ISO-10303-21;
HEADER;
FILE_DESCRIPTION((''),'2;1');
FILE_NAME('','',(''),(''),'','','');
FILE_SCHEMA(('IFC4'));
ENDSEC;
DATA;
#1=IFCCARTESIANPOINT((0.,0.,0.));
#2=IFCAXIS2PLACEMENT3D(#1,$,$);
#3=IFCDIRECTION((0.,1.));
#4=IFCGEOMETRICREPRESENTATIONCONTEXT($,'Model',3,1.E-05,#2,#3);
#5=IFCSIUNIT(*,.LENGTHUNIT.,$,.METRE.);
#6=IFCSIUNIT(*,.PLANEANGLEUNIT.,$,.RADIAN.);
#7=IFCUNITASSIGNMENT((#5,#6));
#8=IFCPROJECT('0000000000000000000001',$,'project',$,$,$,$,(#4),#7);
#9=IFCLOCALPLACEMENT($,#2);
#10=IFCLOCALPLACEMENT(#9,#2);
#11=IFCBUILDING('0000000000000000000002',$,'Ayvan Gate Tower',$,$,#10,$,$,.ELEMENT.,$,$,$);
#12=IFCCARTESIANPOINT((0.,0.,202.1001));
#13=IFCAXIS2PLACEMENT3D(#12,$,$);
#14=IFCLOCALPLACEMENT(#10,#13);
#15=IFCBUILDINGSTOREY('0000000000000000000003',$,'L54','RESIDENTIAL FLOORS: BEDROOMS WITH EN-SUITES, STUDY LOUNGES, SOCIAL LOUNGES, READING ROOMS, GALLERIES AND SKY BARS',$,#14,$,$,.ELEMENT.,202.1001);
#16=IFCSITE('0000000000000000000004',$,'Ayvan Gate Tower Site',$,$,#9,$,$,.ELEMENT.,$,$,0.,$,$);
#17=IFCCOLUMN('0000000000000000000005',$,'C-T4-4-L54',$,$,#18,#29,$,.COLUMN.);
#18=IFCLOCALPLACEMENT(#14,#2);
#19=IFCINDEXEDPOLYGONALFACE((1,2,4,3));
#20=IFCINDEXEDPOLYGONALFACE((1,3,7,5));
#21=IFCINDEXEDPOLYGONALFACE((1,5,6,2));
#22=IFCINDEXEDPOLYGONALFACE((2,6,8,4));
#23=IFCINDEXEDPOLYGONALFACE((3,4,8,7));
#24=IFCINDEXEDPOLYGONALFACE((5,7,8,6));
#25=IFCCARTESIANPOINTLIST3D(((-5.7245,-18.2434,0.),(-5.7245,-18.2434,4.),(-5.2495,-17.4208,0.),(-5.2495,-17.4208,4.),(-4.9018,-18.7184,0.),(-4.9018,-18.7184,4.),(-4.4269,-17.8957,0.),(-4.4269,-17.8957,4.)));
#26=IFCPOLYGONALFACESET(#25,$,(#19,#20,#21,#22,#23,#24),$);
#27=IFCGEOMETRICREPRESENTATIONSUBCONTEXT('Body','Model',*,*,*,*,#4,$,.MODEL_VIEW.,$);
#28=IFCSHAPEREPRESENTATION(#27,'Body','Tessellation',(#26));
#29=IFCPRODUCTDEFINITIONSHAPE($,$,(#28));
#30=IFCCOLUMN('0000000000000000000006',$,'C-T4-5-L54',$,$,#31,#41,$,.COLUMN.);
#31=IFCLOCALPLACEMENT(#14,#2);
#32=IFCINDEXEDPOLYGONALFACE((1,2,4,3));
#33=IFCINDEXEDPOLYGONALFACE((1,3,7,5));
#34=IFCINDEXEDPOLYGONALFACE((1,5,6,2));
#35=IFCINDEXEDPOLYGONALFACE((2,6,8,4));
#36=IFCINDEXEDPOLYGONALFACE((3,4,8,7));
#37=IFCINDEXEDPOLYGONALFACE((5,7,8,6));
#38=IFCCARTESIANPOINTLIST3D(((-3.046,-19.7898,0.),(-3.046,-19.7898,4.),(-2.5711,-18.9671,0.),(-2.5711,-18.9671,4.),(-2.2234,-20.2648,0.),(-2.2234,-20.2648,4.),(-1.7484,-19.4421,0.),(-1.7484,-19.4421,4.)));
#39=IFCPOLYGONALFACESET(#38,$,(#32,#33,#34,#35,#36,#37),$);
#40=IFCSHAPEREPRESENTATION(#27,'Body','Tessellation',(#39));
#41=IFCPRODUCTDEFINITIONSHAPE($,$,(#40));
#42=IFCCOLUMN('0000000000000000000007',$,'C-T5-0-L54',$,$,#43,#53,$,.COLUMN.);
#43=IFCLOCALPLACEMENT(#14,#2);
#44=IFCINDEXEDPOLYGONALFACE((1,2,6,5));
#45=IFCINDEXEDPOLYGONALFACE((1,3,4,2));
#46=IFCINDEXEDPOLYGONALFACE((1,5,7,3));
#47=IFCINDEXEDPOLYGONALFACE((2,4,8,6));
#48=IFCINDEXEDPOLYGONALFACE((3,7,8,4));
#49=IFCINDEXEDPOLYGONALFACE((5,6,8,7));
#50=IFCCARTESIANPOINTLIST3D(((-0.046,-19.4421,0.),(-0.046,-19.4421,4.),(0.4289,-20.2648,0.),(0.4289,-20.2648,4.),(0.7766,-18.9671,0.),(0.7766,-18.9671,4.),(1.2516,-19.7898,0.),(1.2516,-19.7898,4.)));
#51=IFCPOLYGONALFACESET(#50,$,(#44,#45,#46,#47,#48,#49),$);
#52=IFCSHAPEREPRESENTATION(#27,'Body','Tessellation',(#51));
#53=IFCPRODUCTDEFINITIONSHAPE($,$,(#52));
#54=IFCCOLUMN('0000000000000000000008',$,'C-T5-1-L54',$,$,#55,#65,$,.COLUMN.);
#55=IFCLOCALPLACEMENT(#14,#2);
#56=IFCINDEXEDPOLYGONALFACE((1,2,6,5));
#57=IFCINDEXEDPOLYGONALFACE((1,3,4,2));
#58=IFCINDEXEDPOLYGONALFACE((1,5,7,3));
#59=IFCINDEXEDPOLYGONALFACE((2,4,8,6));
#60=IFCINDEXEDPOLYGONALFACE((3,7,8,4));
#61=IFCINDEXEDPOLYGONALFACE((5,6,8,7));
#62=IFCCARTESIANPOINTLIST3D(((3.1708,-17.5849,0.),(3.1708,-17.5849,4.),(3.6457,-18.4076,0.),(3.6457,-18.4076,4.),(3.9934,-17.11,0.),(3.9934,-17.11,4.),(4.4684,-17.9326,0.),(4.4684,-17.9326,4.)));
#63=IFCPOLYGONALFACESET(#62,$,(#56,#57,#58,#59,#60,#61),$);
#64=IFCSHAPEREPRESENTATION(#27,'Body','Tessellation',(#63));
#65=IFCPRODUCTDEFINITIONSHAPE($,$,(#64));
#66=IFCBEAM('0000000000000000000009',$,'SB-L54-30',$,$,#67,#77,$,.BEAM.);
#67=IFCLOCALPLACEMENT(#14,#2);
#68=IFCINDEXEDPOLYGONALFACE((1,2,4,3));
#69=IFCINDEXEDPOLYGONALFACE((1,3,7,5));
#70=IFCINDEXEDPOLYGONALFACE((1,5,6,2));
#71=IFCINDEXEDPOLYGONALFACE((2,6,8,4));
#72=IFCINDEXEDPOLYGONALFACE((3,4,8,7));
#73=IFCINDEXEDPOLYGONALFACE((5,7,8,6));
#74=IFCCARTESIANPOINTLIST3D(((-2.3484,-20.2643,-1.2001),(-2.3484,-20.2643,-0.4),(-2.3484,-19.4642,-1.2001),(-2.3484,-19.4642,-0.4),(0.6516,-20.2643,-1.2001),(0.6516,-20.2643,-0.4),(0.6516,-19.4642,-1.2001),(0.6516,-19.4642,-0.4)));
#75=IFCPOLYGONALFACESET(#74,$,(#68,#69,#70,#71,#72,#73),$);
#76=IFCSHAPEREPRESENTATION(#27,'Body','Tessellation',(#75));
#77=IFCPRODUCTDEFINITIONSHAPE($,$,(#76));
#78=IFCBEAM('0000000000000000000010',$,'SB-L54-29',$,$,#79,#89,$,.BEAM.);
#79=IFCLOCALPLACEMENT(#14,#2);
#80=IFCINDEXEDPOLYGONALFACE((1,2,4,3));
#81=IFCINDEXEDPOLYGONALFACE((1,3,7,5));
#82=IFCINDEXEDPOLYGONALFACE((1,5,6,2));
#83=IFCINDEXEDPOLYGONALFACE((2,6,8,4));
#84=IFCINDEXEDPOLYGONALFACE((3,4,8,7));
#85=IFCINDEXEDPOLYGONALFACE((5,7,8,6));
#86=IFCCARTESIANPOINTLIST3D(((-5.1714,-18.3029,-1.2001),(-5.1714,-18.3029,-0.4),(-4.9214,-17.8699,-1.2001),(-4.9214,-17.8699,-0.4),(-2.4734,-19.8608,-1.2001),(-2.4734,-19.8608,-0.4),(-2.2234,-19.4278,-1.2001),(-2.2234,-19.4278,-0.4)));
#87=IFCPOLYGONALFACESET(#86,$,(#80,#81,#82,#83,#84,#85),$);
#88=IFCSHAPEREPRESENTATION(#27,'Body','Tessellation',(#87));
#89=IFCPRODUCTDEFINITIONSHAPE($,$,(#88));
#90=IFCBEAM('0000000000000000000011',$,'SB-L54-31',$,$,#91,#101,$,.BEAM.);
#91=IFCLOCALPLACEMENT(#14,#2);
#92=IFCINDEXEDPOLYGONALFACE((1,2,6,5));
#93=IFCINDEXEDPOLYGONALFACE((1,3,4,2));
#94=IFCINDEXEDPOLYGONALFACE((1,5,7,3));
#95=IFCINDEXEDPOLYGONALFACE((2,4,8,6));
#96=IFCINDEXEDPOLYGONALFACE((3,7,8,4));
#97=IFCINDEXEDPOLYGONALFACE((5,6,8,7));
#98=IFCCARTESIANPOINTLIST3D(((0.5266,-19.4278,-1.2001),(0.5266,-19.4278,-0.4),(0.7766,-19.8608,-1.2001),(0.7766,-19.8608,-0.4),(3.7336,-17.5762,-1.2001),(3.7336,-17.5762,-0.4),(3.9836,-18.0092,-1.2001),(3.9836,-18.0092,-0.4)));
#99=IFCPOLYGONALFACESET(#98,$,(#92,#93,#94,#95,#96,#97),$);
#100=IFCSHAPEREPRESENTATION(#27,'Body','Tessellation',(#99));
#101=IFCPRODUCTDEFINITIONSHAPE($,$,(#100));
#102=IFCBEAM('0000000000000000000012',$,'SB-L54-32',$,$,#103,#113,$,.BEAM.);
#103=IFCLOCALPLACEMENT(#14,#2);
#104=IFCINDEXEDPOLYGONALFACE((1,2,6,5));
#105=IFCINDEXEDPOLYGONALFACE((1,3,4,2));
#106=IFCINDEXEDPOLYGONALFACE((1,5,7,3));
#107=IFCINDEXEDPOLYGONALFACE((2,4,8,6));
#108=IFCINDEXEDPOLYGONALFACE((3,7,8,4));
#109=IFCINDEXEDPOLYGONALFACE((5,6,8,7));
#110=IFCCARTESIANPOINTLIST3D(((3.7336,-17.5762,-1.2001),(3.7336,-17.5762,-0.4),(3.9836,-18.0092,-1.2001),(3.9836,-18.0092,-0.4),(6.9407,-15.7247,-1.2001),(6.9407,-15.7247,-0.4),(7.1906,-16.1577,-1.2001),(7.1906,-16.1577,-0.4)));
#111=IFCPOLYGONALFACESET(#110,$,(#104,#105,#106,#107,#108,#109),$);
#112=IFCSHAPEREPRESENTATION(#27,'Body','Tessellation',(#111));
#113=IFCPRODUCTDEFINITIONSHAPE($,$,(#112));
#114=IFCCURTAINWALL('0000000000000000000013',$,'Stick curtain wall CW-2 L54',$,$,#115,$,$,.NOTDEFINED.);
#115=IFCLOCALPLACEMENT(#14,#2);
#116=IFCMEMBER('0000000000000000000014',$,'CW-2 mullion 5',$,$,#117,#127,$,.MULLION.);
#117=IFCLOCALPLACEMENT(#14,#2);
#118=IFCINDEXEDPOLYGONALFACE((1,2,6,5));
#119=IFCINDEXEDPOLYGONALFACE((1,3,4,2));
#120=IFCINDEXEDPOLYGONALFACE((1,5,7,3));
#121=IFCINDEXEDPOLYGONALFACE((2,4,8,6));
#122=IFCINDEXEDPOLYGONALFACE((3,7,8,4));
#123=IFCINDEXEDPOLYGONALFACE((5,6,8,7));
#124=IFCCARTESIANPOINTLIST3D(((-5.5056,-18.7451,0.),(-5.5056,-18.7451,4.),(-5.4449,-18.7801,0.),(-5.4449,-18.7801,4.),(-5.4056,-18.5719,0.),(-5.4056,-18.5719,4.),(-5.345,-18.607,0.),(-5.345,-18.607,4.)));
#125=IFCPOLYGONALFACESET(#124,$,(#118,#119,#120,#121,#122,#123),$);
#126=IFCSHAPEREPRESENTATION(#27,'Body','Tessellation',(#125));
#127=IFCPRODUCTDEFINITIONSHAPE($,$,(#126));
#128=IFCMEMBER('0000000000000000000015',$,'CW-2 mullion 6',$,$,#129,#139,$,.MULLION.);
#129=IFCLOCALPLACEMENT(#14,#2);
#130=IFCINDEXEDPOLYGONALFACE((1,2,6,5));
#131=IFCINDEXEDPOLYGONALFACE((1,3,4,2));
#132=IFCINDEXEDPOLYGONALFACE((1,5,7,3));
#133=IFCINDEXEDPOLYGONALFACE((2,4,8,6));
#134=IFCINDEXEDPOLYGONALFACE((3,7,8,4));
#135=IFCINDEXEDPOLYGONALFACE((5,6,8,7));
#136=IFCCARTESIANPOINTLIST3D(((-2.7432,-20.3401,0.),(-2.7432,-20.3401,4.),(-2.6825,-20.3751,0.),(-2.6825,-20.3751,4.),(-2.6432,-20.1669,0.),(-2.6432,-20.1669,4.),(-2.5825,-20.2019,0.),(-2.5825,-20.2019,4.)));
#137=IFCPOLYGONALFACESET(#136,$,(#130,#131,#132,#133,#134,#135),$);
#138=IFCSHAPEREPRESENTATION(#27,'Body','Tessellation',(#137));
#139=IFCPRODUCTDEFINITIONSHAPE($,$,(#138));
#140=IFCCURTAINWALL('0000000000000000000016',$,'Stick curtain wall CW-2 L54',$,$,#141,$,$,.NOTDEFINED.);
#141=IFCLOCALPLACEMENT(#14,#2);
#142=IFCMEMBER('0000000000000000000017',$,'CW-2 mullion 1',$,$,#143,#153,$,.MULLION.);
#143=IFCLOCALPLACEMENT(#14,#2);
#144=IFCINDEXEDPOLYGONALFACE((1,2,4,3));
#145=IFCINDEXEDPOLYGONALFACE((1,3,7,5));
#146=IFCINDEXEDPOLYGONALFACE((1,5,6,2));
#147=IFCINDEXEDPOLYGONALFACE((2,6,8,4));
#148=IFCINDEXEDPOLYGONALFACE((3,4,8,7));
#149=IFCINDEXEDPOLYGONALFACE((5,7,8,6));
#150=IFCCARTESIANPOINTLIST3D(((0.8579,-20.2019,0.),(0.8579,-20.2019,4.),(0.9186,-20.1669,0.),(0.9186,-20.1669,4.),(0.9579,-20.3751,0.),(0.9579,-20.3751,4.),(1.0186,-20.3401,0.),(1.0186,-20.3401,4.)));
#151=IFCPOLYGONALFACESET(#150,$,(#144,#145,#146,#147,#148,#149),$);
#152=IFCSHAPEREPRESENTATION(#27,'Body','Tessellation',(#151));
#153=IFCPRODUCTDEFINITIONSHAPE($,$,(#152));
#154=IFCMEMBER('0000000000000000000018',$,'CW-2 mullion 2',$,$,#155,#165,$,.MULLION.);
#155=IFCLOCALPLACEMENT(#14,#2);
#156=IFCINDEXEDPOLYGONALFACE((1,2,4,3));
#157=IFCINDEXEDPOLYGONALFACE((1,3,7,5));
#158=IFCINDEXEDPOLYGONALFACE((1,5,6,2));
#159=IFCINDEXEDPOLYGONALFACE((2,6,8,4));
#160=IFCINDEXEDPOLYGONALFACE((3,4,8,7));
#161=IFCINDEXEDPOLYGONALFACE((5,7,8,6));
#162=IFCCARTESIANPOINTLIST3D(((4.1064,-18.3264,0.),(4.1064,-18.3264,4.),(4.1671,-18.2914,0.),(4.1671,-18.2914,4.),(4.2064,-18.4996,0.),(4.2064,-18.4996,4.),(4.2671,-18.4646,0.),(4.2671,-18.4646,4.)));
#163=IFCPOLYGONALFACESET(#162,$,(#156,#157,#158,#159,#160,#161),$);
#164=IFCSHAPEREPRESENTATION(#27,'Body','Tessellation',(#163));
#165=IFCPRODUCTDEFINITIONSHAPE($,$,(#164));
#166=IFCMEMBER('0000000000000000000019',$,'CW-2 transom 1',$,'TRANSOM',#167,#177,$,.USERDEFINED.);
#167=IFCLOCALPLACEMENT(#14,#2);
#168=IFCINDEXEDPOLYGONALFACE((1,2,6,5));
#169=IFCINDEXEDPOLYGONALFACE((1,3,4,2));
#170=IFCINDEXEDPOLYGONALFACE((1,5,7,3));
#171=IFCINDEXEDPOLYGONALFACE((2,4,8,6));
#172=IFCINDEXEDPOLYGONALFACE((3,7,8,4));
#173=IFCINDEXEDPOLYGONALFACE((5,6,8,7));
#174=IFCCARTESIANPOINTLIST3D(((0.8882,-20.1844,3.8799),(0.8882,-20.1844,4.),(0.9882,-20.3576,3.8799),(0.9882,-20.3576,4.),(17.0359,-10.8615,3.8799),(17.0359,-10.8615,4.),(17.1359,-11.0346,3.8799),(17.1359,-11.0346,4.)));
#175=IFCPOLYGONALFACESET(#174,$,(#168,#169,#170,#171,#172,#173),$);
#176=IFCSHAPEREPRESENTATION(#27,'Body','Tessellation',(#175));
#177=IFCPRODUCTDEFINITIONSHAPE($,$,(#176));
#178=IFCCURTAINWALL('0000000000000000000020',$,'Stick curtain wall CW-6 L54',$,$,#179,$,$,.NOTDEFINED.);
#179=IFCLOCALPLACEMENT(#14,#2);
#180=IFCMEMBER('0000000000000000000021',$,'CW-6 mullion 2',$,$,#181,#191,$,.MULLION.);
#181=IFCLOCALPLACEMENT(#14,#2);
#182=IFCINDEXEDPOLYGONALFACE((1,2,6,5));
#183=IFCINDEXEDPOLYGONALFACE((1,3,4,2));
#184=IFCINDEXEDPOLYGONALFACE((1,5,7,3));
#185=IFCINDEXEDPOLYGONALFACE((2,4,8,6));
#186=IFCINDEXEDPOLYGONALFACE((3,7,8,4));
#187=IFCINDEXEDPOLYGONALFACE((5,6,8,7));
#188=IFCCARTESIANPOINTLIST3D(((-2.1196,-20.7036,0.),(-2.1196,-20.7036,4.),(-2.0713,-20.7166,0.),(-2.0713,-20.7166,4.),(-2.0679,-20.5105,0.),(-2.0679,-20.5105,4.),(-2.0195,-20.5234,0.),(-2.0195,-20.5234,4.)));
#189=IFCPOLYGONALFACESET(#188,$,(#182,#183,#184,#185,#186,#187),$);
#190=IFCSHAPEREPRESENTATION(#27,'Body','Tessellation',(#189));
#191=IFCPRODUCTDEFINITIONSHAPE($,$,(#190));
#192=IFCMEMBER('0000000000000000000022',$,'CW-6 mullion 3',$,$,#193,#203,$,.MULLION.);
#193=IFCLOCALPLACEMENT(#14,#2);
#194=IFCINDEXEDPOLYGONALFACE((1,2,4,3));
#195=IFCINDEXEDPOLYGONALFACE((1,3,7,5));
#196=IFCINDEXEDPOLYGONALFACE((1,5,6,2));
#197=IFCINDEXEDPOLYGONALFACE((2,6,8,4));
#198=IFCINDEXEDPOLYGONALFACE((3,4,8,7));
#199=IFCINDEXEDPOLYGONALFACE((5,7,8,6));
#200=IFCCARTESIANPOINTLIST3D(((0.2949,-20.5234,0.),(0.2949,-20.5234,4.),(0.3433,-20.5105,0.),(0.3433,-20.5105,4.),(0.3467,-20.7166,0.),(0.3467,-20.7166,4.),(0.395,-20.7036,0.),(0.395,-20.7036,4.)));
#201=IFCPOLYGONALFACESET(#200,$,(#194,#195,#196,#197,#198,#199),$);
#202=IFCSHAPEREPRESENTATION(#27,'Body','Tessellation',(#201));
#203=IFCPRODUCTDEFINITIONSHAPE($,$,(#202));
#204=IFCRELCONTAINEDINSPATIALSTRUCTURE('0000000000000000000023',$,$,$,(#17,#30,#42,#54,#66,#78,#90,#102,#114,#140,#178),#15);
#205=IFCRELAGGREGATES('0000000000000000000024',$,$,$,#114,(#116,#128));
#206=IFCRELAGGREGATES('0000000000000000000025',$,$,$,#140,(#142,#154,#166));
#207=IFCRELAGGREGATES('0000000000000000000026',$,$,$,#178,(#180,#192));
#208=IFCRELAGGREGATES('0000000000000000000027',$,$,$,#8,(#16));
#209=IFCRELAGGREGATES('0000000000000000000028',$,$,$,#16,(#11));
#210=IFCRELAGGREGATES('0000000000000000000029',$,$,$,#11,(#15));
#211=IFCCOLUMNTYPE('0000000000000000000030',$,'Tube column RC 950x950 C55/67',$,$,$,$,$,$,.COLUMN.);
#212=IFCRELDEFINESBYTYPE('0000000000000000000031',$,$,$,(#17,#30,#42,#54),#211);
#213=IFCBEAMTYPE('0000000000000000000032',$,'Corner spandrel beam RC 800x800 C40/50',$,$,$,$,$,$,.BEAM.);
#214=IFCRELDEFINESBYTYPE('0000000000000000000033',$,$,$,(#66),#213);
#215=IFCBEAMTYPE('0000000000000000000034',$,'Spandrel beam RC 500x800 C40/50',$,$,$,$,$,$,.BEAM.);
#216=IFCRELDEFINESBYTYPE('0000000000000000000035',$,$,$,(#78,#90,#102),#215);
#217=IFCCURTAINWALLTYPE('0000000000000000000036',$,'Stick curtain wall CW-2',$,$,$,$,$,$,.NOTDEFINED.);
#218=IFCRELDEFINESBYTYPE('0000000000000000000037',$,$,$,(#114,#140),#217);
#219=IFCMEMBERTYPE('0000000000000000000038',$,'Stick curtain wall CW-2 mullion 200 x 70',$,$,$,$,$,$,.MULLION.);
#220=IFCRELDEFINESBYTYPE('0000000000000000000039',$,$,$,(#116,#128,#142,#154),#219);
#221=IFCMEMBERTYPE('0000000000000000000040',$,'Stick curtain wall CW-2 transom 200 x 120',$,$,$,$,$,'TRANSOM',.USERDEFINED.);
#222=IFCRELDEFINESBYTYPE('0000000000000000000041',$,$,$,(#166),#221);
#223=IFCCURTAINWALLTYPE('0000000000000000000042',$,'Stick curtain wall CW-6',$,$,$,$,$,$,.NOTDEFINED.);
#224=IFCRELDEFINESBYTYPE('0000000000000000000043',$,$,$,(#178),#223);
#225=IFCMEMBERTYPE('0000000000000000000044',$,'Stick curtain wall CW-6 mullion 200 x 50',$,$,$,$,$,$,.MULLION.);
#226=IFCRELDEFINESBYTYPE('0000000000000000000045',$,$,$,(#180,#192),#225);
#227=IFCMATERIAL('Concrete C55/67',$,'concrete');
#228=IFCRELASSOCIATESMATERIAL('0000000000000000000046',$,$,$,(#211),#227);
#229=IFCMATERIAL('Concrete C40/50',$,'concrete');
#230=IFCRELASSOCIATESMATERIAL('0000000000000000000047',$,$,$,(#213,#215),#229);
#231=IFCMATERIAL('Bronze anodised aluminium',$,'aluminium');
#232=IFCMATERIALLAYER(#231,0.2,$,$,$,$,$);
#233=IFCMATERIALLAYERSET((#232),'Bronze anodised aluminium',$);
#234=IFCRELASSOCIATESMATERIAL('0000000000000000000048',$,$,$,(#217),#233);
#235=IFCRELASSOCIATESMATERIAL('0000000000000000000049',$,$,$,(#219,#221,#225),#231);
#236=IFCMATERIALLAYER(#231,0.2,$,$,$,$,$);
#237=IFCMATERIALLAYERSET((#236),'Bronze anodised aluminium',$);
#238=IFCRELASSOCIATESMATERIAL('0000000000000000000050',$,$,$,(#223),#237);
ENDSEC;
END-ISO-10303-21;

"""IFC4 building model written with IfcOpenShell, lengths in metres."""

from ifc_helpers import new_model, si_unit, direction, frame, origin, origin_2d, place, context, subcontext, project, spatial, rectangle, extrude, material, layer, layer_set, material_profile, profile_set, type_object, element, aggregate, save


model = new_model("IFC4")

# Units and contexts
model_context = context("Model", 3, precision=1e-05, world=origin(), true_north=direction((0.0, 1.0)))
body_context = subcontext(model_context, "Body", "Model", "MODEL_VIEW")
ifc_project = project(units=[si_unit("LENGTHUNIT", "METRE"), si_unit("PLANEANGLEUNIT", "RADIAN")], contexts=[model_context])

# Site, building, storey
site_placement = place(None, origin())
site = spatial("IfcSite", under=ifc_project, at=site_placement, Name="Ayvan Gate Tower Site", CompositionType="ELEMENT", RefElevation=0.0)
building_placement = place(site_placement, origin())
building = spatial("IfcBuilding", under=site, at=building_placement, Name="Ayvan Gate Tower", CompositionType="ELEMENT")
storey_placement = place(building_placement, frame((0.0, 0.0, 202.1001)))
storey = spatial("IfcBuildingStorey", under=building, at=storey_placement, Name="L54", Description="RESIDENTIAL FLOORS: BEDROOMS WITH EN-SUITES, STUDY LOUNGES, SOCIAL LOUNGES, READING ROOMS, GALLERIES AND SKY BARS", CompositionType="ELEMENT", Elevation=202.1001)

# Columns
ifc_material_1 = material(Name="Concrete C55/67", Category="concrete")
ifc_material_profile_1 = material_profile(ifc_material_1, rectangle(XDim=0.95, YDim=0.95, at=origin_2d()), Name="RC 950x950")
ifc_profile_set_1 = profile_set([ifc_material_profile_1], Name="Concrete C55/67")
column_type = type_object("IfcColumnType", Name="Tube column RC 950x950 C55/67", PredefinedType="COLUMN", material=ifc_profile_set_1)
for number, where, z_axis, x_axis, name in (
    (1, (-5.0757, -18.0696, 0.0), (0.0, 0.0, 1.0), (-0.5, -0.866025, 0.0), "C-T4-4-L54"),
    (2, (-2.3972, -19.616, 0.0), (0.0, 0.0, 1.0), (-0.5, -0.866025, 0.0), "C-T4-5-L54"),
    (3, (0.6028, -19.616, 0.0), (0.0, 0.0, 1.0), (0.5, -0.866025, 0.0), "C-T5-0-L54"),
    (4, (3.8196, -17.7588, 0.0), (0.0, 0.0, 1.0), (0.5, -0.866025, 0.0), "C-T5-1-L54"),
):
    element("IfcColumn", number, at=place(storey_placement, frame(where, z_axis=z_axis, x_axis=x_axis)), inside=storey, type_object=column_type, Name=name, PredefinedType="COLUMN", context=body_context, shape_type="SweptSolid", body=[
        extrude(rectangle(XDim=0.95, YDim=0.95, at=origin_2d()), origin(), (0.0, 0.0, 1.0), 4.0),
    ])

# Beams
ifc_material_2 = material(Name="Concrete C40/50", Category="concrete")
ifc_material_profile_2 = material_profile(ifc_material_2, rectangle(XDim=0.8, YDim=0.8, at=origin_2d()), Name="RC 800x800")
ifc_profile_set_2 = profile_set([ifc_material_profile_2], Name="Concrete C40/50")
beam_type_1 = type_object("IfcBeamType", Name="Corner spandrel beam RC 800x800 C40/50", PredefinedType="BEAM", material=ifc_profile_set_2)
beam_1_placement = place(storey_placement, frame((-2.3484, -19.8643, -0.8), z_axis=(1.0, 0.0, 0.0), x_axis=(0.0, 1.0, 0.0)))
element("IfcBeam", 5, at=beam_1_placement, inside=storey, type_object=beam_type_1, Name="SB-L54-30", PredefinedType="BEAM", context=body_context, shape_type="SweptSolid", body=[
    extrude(rectangle(XDim=0.8, YDim=0.8, at=origin_2d()), origin(), (0.0, 0.0, 1.0), 3.0),
])
ifc_material_profile_3 = material_profile(ifc_material_2, rectangle(XDim=0.5, YDim=0.8, at=origin_2d()), Name="RC 500x800")
ifc_profile_set_3 = profile_set([ifc_material_profile_3], Name="Concrete C40/50")
beam_type_2 = type_object("IfcBeamType", Name="Spandrel beam RC 500x800 C40/50", PredefinedType="BEAM", material=ifc_profile_set_3)
beam_2_placement = place(storey_placement, frame((-5.0464, -18.0864, -0.8), z_axis=(0.866002, -0.500041, 0.0), x_axis=(0.500041, 0.866002, 0.0)))
element("IfcBeam", 6, at=beam_2_placement, inside=storey, type_object=beam_type_2, Name="SB-L54-29", PredefinedType="BEAM", context=body_context, shape_type="SweptSolid", body=[
    extrude(rectangle(XDim=0.5, YDim=0.8, at=origin_2d()), origin(), (0.0, 0.0, 1.0), 3.1155),
])
for number, where, z_axis, x_axis, name in (
    (7, (0.6516, -19.6443, -0.8), (0.866027, 0.499996, 0.0), (-0.499996, 0.866027, 0.0), "SB-L54-31"),
    (8, (3.8586, -17.7927, -0.8), (0.866027, 0.499996, 0.0), (-0.499996, 0.866027, 0.0), "SB-L54-32"),
):
    element("IfcBeam", number, at=place(storey_placement, frame(where, z_axis=z_axis, x_axis=x_axis)), inside=storey, type_object=beam_type_2, Name=name, PredefinedType="BEAM", context=body_context, shape_type="SweptSolid", body=[
        extrude(rectangle(XDim=0.5, YDim=0.8, at=origin_2d()), origin(), (0.0, 0.0, 1.0), 3.7031),
    ])

# Curtain walls, members
ifc_material_3 = material(Name="Bronze anodised aluminium", Category="aluminium")
ifc_layer_1 = layer(ifc_material_3, 0.2)
ifc_layer_set_1 = layer_set([ifc_layer_1], Name="Bronze anodised aluminium")
curtain_wall_type_1 = type_object("IfcCurtainWallType", Name="Stick curtain wall CW-2", PredefinedType="NOTDEFINED", material=ifc_layer_set_1)
curtain_wall_1_placement = place(storey_placement, origin())
curtain_wall_1 = element("IfcCurtainWall", 9, at=curtain_wall_1_placement, inside=storey, type_object=curtain_wall_type_1, Name="Stick curtain wall CW-2 L54", PredefinedType="NOTDEFINED")
ifc_material_profile_4 = material_profile(ifc_material_3, rectangle(XDim=0.2, YDim=0.0701, at=origin_2d()), Name="Stick curtain wall CW-2 mullion 200 x 70")
ifc_profile_set_4 = profile_set([ifc_material_profile_4], Name="Bronze anodised aluminium")
member_type_1 = type_object("IfcMemberType", Name="Stick curtain wall CW-2 mullion 200 x 70", PredefinedType="MULLION", material=ifc_profile_set_4)
member_1_placement = place(storey_placement, frame((-5.4253, -18.676, 0.0), z_axis=(0.0, 0.0, 1.0), x_axis=(-0.5, -0.866025, 0.0)))
member_1 = element("IfcMember", 10, at=member_1_placement, type_object=member_type_1, Name="CW-2 mullion 5", PredefinedType="MULLION", context=body_context, shape_type="SweptSolid", body=[
    extrude(rectangle(XDim=0.2, YDim=0.0701, at=origin_2d()), origin(), (0.0, 0.0, 1.0), 4.0),
])
member_2_placement = place(storey_placement, frame((-2.6628, -20.271, 0.0), z_axis=(0.0, 0.0, 1.0), x_axis=(-0.5, -0.866025, 0.0)))
member_2 = element("IfcMember", 11, at=member_2_placement, type_object=member_type_1, Name="CW-2 mullion 6", PredefinedType="MULLION", context=body_context, shape_type="SweptSolid", body=[
    extrude(rectangle(XDim=0.2, YDim=0.0701, at=origin_2d()), origin(), (0.0, 0.0, 1.0), 4.0),
])
curtain_wall_2_placement = place(storey_placement, origin())
curtain_wall_2 = element("IfcCurtainWall", 12, at=curtain_wall_2_placement, inside=storey, type_object=curtain_wall_type_1, Name="Stick curtain wall CW-2 L54", PredefinedType="NOTDEFINED")
member_3_placement = place(storey_placement, frame((0.9382, -20.271, 0.0), z_axis=(0.0, 0.0, 1.0), x_axis=(0.5, -0.866025, 0.0)))
member_3 = element("IfcMember", 13, at=member_3_placement, type_object=member_type_1, Name="CW-2 mullion 1", PredefinedType="MULLION", context=body_context, shape_type="SweptSolid", body=[
    extrude(rectangle(XDim=0.2, YDim=0.0701, at=origin_2d()), origin(), (0.0, 0.0, 1.0), 4.0),
])
member_4_placement = place(storey_placement, frame((4.1868, -18.3955, 0.0), z_axis=(0.0, 0.0, 1.0), x_axis=(0.5, -0.866025, 0.0)))
member_4 = element("IfcMember", 14, at=member_4_placement, type_object=member_type_1, Name="CW-2 mullion 2", PredefinedType="MULLION", context=body_context, shape_type="SweptSolid", body=[
    extrude(rectangle(XDim=0.2, YDim=0.0701, at=origin_2d()), origin(), (0.0, 0.0, 1.0), 4.0),
])
ifc_material_profile_5 = material_profile(ifc_material_3, rectangle(XDim=0.2, YDim=0.1201, at=origin_2d()), Name="Stick curtain wall CW-2 transom 200 x 120")
ifc_profile_set_5 = profile_set([ifc_material_profile_5], Name="Bronze anodised aluminium")
member_type_2 = type_object("IfcMemberType", Name="Stick curtain wall CW-2 transom 200 x 120", ElementType="TRANSOM", PredefinedType="USERDEFINED", material=ifc_profile_set_5)
member_5_placement = place(storey_placement, frame((0.9382, -20.271, 3.9399), z_axis=(0.866023, 0.500005, 0.0), x_axis=(-0.500005, 0.866023, 0.0)))
member_5 = element("IfcMember", 15, at=member_5_placement, type_object=member_type_2, Name="CW-2 transom 1", ObjectType="TRANSOM", PredefinedType="USERDEFINED", context=body_context, shape_type="SweptSolid", body=[
    extrude(rectangle(XDim=0.2, YDim=0.1201, at=origin_2d()), origin(), (0.0, 0.0, 1.0), 18.6458),
])
ifc_layer_2 = layer(ifc_material_3, 0.2)
ifc_layer_set_2 = layer_set([ifc_layer_2], Name="Bronze anodised aluminium")
curtain_wall_type_2 = type_object("IfcCurtainWallType", Name="Stick curtain wall CW-6", PredefinedType="NOTDEFINED", material=ifc_layer_set_2)
curtain_wall_3_placement = place(storey_placement, origin())
curtain_wall_3 = element("IfcCurtainWall", 16, at=curtain_wall_3_placement, inside=storey, type_object=curtain_wall_type_2, Name="Stick curtain wall CW-6 L54", PredefinedType="NOTDEFINED")
ifc_material_profile_6 = material_profile(ifc_material_3, rectangle(XDim=0.2, YDim=0.05, at=origin_2d()), Name="Stick curtain wall CW-6 mullion 200 x 50")
ifc_profile_set_6 = profile_set([ifc_material_profile_6], Name="Bronze anodised aluminium")
member_type_3 = type_object("IfcMemberType", Name="Stick curtain wall CW-6 mullion 200 x 50", PredefinedType="MULLION", material=ifc_profile_set_6)
member_6_placement = place(storey_placement, frame((-2.0696, -20.6135, 0.0), z_axis=(0.0, 0.0, 1.0), x_axis=(-0.258819, -0.965926, 0.0)))
member_6 = element("IfcMember", 17, at=member_6_placement, type_object=member_type_3, Name="CW-6 mullion 2", PredefinedType="MULLION", context=body_context, shape_type="SweptSolid", body=[
    extrude(rectangle(XDim=0.2, YDim=0.05, at=origin_2d()), origin(), (0.0, 0.0, 1.0), 4.0),
])
member_7_placement = place(storey_placement, frame((0.345, -20.6135, 0.0), z_axis=(0.0, 0.0, 1.0), x_axis=(0.258819, -0.965926, 0.0)))
member_7 = element("IfcMember", 18, at=member_7_placement, type_object=member_type_3, Name="CW-6 mullion 3", PredefinedType="MULLION", context=body_context, shape_type="SweptSolid", body=[
    extrude(rectangle(XDim=0.2, YDim=0.05, at=origin_2d()), origin(), (0.0, 0.0, 1.0), 4.0),
])

aggregate(curtain_wall_1, [member_1, member_2])
aggregate(curtain_wall_2, [member_3, member_4, member_5])
aggregate(curtain_wall_3, [member_6, member_7])

save(model, "model.ifc")
